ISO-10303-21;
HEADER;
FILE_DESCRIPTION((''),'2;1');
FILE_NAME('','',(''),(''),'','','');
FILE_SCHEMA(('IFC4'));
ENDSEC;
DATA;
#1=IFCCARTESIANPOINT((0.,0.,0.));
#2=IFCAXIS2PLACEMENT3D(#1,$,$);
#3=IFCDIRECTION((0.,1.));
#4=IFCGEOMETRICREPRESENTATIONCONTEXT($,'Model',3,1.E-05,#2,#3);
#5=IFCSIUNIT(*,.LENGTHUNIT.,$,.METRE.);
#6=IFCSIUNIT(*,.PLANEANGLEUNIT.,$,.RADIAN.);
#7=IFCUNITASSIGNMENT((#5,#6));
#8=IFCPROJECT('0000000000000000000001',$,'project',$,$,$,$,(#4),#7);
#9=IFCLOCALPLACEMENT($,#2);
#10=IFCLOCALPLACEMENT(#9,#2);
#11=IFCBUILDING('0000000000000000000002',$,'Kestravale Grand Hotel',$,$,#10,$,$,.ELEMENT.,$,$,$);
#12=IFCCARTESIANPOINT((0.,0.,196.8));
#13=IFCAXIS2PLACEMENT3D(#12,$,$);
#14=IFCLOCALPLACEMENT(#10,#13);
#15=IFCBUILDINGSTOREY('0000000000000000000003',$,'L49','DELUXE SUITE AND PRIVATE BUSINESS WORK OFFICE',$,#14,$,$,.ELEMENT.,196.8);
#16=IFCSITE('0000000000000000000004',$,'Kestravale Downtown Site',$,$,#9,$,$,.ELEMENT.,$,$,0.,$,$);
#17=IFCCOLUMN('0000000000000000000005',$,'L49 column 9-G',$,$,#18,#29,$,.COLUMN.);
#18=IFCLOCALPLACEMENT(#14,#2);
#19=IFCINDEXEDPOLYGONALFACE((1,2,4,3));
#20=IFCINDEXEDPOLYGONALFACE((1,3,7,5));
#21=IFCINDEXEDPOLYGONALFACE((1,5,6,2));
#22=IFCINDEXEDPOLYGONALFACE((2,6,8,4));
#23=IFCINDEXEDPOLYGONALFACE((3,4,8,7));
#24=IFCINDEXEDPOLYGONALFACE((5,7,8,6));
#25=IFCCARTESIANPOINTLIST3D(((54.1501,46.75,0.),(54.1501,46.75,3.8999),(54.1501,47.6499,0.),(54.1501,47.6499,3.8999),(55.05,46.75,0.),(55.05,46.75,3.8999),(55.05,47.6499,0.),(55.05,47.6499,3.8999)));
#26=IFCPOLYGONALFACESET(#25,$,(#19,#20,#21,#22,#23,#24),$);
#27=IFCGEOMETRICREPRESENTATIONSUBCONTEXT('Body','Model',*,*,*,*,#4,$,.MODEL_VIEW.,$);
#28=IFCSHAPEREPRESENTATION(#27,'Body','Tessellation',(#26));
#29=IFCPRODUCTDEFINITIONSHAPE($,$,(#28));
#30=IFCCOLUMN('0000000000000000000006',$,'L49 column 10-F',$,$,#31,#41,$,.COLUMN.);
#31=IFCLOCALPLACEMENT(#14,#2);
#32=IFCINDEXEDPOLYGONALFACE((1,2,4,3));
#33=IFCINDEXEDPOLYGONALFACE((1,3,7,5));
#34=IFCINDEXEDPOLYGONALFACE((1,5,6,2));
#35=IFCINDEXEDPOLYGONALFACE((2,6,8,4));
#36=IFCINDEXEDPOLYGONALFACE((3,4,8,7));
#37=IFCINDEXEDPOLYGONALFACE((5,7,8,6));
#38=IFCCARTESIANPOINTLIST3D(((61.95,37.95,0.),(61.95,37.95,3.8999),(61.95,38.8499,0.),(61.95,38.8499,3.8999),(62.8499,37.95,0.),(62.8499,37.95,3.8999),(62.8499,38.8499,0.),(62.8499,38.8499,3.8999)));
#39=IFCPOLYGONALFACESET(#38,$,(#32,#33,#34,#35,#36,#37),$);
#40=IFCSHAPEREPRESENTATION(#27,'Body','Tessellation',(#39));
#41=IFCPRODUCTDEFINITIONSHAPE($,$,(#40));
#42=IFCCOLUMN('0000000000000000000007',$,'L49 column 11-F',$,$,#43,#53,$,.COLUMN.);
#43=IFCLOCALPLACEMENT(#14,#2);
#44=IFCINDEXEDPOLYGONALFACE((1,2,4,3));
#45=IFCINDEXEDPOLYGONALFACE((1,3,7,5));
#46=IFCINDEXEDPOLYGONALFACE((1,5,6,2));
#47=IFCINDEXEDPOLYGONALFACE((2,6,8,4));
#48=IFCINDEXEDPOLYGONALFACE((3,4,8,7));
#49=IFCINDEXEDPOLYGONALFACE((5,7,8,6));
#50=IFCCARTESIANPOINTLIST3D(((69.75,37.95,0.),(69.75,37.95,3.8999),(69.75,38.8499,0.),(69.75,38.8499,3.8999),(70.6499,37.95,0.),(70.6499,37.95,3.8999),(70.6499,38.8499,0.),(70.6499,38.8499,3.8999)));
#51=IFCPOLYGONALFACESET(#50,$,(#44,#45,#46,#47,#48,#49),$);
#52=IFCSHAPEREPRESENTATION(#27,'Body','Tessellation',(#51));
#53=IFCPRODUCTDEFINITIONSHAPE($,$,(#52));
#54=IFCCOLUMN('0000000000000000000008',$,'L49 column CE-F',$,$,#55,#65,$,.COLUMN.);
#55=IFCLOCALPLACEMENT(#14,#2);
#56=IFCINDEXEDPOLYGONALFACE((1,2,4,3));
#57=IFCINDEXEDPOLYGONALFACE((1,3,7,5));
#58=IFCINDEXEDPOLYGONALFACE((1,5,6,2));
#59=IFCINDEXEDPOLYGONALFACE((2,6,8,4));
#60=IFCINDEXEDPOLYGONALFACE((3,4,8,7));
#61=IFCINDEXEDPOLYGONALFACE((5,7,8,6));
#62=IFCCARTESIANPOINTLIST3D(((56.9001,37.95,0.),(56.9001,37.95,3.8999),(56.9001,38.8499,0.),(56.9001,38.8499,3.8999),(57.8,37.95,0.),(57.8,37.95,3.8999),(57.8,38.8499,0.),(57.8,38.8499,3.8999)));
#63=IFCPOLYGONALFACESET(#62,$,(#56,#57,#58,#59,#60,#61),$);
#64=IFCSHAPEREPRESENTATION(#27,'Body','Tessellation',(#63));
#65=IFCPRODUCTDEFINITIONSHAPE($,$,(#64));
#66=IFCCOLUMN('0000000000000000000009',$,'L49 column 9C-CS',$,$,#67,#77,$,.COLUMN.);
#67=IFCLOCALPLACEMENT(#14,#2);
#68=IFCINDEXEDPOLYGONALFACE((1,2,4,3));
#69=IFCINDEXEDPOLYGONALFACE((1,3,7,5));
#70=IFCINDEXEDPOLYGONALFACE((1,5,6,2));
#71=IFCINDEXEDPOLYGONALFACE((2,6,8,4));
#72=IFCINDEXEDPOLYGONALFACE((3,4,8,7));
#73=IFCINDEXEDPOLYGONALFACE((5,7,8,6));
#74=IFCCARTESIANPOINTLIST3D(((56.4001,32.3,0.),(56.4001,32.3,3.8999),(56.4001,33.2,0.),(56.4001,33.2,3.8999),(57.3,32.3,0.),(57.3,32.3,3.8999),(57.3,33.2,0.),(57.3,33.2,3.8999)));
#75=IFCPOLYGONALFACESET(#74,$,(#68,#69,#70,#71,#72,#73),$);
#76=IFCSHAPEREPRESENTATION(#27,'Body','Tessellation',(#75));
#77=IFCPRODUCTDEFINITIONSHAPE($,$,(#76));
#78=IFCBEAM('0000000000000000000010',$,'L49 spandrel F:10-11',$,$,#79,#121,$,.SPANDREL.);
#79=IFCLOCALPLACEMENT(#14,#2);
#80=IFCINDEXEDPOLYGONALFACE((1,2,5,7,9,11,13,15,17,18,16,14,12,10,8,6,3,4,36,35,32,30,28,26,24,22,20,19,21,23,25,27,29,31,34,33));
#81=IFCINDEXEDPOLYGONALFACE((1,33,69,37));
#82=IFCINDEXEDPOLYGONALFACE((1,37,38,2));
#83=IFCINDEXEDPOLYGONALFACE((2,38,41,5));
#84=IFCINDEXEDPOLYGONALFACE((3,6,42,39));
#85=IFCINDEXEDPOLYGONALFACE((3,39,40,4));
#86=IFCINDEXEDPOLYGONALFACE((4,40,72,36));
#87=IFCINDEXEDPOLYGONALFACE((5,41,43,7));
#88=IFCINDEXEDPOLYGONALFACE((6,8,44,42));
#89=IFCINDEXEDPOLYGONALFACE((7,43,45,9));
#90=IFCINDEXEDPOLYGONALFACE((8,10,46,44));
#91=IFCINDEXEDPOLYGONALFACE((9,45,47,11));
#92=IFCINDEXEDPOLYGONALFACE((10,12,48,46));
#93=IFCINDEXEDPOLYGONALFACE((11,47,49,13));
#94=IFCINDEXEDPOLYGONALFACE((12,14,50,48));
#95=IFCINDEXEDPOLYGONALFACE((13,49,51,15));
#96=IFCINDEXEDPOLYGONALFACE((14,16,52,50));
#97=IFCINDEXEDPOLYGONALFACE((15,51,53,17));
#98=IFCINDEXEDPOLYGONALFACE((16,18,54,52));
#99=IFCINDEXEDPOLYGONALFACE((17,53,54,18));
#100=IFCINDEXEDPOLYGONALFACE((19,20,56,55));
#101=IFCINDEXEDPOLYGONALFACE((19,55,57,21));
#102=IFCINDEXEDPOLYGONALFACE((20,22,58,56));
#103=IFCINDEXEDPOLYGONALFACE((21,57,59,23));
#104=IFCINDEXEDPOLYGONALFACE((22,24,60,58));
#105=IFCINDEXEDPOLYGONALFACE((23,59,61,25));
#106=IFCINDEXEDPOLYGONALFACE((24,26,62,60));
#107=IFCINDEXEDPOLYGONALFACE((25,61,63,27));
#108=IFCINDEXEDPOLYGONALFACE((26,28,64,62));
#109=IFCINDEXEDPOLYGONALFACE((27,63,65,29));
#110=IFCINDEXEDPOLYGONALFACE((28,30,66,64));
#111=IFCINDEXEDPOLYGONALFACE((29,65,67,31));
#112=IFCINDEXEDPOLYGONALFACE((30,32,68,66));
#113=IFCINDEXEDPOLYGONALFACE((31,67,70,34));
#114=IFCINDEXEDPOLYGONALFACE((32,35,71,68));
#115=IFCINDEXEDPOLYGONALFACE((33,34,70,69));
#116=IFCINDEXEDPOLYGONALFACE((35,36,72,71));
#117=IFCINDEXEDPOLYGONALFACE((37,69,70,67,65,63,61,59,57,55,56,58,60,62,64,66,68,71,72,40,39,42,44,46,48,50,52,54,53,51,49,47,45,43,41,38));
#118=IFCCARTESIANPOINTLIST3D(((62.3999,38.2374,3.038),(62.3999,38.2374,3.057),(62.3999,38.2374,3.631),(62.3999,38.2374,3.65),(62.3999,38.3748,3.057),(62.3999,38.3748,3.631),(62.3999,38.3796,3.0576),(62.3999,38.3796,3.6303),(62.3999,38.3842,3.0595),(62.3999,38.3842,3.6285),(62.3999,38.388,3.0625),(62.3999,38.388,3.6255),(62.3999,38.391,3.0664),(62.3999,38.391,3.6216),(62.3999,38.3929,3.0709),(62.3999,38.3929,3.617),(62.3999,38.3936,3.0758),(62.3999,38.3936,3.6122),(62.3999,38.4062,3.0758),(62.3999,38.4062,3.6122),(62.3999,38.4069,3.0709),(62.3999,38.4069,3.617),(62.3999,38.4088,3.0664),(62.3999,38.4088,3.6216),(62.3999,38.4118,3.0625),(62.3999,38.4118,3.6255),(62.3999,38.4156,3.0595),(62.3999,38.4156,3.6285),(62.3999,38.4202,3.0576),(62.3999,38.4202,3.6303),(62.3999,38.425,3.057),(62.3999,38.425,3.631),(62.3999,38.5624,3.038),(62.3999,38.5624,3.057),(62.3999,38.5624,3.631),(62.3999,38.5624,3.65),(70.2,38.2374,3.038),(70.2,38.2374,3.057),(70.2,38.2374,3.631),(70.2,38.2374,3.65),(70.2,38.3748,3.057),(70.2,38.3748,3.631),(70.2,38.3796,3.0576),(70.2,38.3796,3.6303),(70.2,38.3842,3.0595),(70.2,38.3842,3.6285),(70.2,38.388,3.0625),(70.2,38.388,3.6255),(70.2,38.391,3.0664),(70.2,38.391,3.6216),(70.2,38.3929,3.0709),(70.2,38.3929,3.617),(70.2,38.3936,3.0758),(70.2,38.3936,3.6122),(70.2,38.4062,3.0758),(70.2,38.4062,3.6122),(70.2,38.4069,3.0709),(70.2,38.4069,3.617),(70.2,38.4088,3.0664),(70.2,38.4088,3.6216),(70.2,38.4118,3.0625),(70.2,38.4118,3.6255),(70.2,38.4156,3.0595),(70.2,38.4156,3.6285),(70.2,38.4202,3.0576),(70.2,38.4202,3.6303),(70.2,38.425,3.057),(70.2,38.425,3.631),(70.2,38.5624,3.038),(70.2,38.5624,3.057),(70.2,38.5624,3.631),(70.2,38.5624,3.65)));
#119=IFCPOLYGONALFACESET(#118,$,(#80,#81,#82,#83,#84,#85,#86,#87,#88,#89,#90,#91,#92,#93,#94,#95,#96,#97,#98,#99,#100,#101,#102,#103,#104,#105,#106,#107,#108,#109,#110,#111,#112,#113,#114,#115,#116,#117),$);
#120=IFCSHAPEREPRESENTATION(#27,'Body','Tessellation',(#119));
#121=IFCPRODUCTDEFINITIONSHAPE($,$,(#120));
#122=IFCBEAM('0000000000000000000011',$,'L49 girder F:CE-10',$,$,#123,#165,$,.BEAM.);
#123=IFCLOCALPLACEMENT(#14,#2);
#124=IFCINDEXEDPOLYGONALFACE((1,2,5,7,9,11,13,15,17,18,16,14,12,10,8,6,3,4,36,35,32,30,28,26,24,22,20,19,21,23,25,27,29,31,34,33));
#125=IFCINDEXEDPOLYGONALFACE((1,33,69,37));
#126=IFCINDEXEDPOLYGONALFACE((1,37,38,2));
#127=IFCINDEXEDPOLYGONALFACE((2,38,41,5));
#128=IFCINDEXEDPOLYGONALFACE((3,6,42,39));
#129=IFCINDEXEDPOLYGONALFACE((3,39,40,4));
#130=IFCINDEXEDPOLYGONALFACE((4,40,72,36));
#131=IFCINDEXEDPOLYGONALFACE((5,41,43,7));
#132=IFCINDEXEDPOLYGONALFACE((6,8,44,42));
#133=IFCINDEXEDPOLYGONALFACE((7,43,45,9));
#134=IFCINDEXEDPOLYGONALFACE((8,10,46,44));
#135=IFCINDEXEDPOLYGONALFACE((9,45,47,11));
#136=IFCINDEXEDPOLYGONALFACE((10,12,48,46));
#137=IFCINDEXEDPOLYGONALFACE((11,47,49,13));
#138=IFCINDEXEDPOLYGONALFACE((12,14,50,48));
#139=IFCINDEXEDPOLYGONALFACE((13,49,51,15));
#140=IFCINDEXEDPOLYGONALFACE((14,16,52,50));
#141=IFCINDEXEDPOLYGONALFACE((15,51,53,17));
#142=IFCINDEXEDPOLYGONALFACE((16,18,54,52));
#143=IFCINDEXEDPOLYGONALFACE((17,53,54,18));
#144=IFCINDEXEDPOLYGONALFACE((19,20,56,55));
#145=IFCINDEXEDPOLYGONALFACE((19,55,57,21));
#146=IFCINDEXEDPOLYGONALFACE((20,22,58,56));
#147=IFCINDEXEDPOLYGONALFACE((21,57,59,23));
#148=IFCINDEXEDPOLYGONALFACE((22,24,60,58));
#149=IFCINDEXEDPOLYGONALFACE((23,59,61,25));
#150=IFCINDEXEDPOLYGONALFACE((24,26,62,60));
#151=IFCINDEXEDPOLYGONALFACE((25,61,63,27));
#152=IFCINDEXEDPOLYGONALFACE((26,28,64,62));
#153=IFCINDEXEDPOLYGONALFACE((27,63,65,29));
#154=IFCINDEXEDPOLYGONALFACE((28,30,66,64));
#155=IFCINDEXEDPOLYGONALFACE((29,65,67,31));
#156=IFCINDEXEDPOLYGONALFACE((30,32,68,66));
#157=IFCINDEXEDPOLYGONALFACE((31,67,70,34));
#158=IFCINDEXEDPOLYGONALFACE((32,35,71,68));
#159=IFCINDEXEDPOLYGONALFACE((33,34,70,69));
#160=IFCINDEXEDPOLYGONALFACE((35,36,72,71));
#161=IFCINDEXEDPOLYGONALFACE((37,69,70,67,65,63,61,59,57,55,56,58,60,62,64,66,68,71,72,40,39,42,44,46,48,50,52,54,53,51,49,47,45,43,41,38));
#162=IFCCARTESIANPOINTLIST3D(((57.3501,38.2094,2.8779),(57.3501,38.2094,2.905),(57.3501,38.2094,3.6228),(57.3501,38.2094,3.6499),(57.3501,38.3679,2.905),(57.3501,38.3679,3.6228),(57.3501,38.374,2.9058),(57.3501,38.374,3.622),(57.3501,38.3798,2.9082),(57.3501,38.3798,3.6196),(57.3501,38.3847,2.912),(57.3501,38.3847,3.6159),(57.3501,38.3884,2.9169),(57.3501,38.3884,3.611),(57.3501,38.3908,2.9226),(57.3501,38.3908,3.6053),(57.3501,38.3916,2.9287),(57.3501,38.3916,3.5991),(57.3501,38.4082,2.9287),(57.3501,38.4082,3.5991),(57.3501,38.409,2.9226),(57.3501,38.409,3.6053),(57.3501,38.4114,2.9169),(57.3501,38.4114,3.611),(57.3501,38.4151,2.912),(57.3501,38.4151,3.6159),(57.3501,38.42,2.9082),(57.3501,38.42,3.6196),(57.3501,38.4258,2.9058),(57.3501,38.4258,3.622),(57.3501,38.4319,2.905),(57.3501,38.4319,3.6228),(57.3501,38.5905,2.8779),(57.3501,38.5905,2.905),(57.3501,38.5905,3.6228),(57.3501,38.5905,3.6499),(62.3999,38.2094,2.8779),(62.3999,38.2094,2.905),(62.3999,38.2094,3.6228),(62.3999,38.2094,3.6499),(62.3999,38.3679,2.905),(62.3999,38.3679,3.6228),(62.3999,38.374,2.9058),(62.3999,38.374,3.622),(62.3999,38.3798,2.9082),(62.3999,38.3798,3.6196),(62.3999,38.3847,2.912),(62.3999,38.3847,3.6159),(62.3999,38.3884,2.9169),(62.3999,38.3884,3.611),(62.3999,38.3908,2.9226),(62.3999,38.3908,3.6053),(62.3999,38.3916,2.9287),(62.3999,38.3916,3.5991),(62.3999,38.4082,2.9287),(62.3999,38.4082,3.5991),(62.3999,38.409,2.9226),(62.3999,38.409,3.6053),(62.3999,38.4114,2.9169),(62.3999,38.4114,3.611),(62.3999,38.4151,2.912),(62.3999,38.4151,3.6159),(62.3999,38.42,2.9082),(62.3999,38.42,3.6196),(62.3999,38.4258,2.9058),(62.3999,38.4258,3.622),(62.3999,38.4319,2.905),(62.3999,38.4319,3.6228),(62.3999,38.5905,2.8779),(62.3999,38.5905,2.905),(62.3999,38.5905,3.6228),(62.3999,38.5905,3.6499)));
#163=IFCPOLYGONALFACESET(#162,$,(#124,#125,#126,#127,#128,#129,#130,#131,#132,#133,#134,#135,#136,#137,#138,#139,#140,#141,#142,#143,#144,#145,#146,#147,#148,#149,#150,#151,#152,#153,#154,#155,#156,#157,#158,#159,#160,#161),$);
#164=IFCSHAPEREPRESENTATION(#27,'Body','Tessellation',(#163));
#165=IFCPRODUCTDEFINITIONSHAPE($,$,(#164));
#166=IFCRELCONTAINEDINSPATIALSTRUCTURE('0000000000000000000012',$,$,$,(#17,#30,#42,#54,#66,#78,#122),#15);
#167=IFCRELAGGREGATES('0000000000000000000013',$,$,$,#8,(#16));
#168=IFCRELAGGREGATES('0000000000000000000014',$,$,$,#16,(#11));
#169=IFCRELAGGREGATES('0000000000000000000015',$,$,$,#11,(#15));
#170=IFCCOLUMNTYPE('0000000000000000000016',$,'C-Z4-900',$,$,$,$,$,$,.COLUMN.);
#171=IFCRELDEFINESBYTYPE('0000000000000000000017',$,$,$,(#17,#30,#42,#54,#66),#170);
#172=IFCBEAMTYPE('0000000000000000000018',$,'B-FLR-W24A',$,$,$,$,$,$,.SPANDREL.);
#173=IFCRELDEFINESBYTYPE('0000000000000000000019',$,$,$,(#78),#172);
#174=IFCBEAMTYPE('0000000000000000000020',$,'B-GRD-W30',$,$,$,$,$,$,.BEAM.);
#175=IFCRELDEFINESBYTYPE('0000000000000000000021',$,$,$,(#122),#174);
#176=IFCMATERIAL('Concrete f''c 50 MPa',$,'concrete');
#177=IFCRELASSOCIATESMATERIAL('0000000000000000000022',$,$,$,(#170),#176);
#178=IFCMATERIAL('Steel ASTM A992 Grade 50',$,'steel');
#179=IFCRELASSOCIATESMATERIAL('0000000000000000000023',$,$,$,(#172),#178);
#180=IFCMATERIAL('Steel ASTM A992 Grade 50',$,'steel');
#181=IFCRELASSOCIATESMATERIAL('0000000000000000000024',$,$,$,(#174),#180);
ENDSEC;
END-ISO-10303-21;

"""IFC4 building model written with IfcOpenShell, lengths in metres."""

from ifc_helpers import new_model, si_unit, direction, frame, origin, origin_2d, place, context, subcontext, project, spatial, rectangle, i_section, extrude, material, material_profile, profile_set, type_object, element, save


model = new_model("IFC4")

# Units and contexts
model_context = context("Model", 3, precision=1e-05, world=origin(), true_north=direction((0.0, 1.0)))
body_context = subcontext(model_context, "Body", "Model", "MODEL_VIEW")
ifc_project = project(units=[si_unit("LENGTHUNIT", "METRE"), si_unit("PLANEANGLEUNIT", "RADIAN")], contexts=[model_context])

# Site, building, storey
site_placement = place(None, origin())
site = spatial("IfcSite", under=ifc_project, at=site_placement, Name="Kestravale Downtown Site", CompositionType="ELEMENT", RefElevation=0.0)
building_placement = place(site_placement, origin())
building = spatial("IfcBuilding", under=site, at=building_placement, Name="Kestravale Grand Hotel", CompositionType="ELEMENT")
storey_placement = place(building_placement, frame((0.0, 0.0, 196.8)))
storey = spatial("IfcBuildingStorey", under=building, at=storey_placement, Name="L49", Description="DELUXE SUITE AND PRIVATE BUSINESS WORK OFFICE", CompositionType="ELEMENT", Elevation=196.8)

# Columns
ifc_material_1 = material(Name="Concrete f'c 50 MPa", Category="concrete")
ifc_material_profile_1 = material_profile(ifc_material_1, rectangle(XDim=0.8999, YDim=0.8999, at=origin_2d()))
ifc_profile_set_1 = profile_set([ifc_material_profile_1], Name="Concrete f'c 50 MPa")
column_type = type_object("IfcColumnType", Name="C-Z4-900", PredefinedType="COLUMN", material=ifc_profile_set_1)
for number, where, z_axis, x_axis, name in (
    (1, (54.6001, 47.2, 0.0), (0.0, 0.0, 1.0), (1.0, 0.0, 0.0), "L49 column 9-G"),
    (2, (62.3999, 38.3999, 0.0), (0.0, 0.0, 1.0), (1.0, 0.0, 0.0), "L49 column 10-F"),
    (3, (70.2, 38.3999, 0.0), (0.0, 0.0, 1.0), (1.0, 0.0, 0.0), "L49 column 11-F"),
    (4, (57.3501, 38.3999, 0.0), (0.0, 0.0, 1.0), (1.0, 0.0, 0.0), "L49 column CE-F"),
    (5, (56.8501, 32.75, 0.0), (0.0, 0.0, 1.0), (1.0, 0.0, 0.0), "L49 column 9C-CS"),
):
    element("IfcColumn", number, at=place(storey_placement, frame(where, z_axis=z_axis, x_axis=x_axis)), inside=storey, type_object=column_type, Name=name, PredefinedType="COLUMN", context=body_context, shape_type="SweptSolid", body=[
        extrude(rectangle(XDim=0.8999, YDim=0.8999, at=origin_2d()), origin(), (0.0, 0.0, 1.0), 3.8999),
    ])

# Beams
ifc_material_2 = material(Name="Steel ASTM A992 Grade 50", Category="steel")
ifc_material_profile_2 = material_profile(ifc_material_2, i_section(OverallWidth=0.325, OverallDepth=0.6121, WebThickness=0.0127, FlangeThickness=0.019, FilletRadius=0.0188, at=origin_2d()))
ifc_profile_set_2 = profile_set([ifc_material_profile_2], Name="Steel ASTM A992 Grade 50")
beam_type_1 = type_object("IfcBeamType", Name="B-FLR-W24A", PredefinedType="SPANDREL", material=ifc_profile_set_2)
beam_1_placement = place(storey_placement, frame((62.3999, 38.3999, 3.344), z_axis=(1.0, 0.0, 0.0), x_axis=(0.0, 1.0, 0.0)))
element("IfcBeam", 6, at=beam_1_placement, inside=storey, type_object=beam_type_1, Name="L49 spandrel F:10-11", PredefinedType="SPANDREL", context=body_context, shape_type="SweptSolid", body=[
    extrude(i_section(OverallWidth=0.325, OverallDepth=0.6121, WebThickness=0.0127, FlangeThickness=0.019, FilletRadius=0.0188, at=origin_2d()), origin(), (0.0, 0.0, 1.0), 7.8),
])
ifc_material_3 = material(Name="Steel ASTM A992 Grade 50", Category="steel")
ifc_material_profile_3 = material_profile(ifc_material_3, i_section(OverallWidth=0.3811, OverallDepth=0.772, WebThickness=0.0166, FlangeThickness=0.0271, FilletRadius=0.0237, at=origin_2d()))
ifc_profile_set_3 = profile_set([ifc_material_profile_3], Name="Steel ASTM A992 Grade 50")
beam_type_2 = type_object("IfcBeamType", Name="B-GRD-W30", PredefinedType="BEAM", material=ifc_profile_set_3)
beam_2_placement = place(storey_placement, frame((57.3501, 38.3999, 3.2639), z_axis=(1.0, 0.0, 0.0), x_axis=(0.0, 1.0, 0.0)))
element("IfcBeam", 7, at=beam_2_placement, inside=storey, type_object=beam_type_2, Name="L49 girder F:CE-10", PredefinedType="BEAM", context=body_context, shape_type="SweptSolid", body=[
    extrude(i_section(OverallWidth=0.3811, OverallDepth=0.772, WebThickness=0.0166, FlangeThickness=0.0271, FilletRadius=0.0237, at=origin_2d()), origin(), (0.0, 0.0, 1.0), 5.0498),
])

save(model, "model.ifc")
